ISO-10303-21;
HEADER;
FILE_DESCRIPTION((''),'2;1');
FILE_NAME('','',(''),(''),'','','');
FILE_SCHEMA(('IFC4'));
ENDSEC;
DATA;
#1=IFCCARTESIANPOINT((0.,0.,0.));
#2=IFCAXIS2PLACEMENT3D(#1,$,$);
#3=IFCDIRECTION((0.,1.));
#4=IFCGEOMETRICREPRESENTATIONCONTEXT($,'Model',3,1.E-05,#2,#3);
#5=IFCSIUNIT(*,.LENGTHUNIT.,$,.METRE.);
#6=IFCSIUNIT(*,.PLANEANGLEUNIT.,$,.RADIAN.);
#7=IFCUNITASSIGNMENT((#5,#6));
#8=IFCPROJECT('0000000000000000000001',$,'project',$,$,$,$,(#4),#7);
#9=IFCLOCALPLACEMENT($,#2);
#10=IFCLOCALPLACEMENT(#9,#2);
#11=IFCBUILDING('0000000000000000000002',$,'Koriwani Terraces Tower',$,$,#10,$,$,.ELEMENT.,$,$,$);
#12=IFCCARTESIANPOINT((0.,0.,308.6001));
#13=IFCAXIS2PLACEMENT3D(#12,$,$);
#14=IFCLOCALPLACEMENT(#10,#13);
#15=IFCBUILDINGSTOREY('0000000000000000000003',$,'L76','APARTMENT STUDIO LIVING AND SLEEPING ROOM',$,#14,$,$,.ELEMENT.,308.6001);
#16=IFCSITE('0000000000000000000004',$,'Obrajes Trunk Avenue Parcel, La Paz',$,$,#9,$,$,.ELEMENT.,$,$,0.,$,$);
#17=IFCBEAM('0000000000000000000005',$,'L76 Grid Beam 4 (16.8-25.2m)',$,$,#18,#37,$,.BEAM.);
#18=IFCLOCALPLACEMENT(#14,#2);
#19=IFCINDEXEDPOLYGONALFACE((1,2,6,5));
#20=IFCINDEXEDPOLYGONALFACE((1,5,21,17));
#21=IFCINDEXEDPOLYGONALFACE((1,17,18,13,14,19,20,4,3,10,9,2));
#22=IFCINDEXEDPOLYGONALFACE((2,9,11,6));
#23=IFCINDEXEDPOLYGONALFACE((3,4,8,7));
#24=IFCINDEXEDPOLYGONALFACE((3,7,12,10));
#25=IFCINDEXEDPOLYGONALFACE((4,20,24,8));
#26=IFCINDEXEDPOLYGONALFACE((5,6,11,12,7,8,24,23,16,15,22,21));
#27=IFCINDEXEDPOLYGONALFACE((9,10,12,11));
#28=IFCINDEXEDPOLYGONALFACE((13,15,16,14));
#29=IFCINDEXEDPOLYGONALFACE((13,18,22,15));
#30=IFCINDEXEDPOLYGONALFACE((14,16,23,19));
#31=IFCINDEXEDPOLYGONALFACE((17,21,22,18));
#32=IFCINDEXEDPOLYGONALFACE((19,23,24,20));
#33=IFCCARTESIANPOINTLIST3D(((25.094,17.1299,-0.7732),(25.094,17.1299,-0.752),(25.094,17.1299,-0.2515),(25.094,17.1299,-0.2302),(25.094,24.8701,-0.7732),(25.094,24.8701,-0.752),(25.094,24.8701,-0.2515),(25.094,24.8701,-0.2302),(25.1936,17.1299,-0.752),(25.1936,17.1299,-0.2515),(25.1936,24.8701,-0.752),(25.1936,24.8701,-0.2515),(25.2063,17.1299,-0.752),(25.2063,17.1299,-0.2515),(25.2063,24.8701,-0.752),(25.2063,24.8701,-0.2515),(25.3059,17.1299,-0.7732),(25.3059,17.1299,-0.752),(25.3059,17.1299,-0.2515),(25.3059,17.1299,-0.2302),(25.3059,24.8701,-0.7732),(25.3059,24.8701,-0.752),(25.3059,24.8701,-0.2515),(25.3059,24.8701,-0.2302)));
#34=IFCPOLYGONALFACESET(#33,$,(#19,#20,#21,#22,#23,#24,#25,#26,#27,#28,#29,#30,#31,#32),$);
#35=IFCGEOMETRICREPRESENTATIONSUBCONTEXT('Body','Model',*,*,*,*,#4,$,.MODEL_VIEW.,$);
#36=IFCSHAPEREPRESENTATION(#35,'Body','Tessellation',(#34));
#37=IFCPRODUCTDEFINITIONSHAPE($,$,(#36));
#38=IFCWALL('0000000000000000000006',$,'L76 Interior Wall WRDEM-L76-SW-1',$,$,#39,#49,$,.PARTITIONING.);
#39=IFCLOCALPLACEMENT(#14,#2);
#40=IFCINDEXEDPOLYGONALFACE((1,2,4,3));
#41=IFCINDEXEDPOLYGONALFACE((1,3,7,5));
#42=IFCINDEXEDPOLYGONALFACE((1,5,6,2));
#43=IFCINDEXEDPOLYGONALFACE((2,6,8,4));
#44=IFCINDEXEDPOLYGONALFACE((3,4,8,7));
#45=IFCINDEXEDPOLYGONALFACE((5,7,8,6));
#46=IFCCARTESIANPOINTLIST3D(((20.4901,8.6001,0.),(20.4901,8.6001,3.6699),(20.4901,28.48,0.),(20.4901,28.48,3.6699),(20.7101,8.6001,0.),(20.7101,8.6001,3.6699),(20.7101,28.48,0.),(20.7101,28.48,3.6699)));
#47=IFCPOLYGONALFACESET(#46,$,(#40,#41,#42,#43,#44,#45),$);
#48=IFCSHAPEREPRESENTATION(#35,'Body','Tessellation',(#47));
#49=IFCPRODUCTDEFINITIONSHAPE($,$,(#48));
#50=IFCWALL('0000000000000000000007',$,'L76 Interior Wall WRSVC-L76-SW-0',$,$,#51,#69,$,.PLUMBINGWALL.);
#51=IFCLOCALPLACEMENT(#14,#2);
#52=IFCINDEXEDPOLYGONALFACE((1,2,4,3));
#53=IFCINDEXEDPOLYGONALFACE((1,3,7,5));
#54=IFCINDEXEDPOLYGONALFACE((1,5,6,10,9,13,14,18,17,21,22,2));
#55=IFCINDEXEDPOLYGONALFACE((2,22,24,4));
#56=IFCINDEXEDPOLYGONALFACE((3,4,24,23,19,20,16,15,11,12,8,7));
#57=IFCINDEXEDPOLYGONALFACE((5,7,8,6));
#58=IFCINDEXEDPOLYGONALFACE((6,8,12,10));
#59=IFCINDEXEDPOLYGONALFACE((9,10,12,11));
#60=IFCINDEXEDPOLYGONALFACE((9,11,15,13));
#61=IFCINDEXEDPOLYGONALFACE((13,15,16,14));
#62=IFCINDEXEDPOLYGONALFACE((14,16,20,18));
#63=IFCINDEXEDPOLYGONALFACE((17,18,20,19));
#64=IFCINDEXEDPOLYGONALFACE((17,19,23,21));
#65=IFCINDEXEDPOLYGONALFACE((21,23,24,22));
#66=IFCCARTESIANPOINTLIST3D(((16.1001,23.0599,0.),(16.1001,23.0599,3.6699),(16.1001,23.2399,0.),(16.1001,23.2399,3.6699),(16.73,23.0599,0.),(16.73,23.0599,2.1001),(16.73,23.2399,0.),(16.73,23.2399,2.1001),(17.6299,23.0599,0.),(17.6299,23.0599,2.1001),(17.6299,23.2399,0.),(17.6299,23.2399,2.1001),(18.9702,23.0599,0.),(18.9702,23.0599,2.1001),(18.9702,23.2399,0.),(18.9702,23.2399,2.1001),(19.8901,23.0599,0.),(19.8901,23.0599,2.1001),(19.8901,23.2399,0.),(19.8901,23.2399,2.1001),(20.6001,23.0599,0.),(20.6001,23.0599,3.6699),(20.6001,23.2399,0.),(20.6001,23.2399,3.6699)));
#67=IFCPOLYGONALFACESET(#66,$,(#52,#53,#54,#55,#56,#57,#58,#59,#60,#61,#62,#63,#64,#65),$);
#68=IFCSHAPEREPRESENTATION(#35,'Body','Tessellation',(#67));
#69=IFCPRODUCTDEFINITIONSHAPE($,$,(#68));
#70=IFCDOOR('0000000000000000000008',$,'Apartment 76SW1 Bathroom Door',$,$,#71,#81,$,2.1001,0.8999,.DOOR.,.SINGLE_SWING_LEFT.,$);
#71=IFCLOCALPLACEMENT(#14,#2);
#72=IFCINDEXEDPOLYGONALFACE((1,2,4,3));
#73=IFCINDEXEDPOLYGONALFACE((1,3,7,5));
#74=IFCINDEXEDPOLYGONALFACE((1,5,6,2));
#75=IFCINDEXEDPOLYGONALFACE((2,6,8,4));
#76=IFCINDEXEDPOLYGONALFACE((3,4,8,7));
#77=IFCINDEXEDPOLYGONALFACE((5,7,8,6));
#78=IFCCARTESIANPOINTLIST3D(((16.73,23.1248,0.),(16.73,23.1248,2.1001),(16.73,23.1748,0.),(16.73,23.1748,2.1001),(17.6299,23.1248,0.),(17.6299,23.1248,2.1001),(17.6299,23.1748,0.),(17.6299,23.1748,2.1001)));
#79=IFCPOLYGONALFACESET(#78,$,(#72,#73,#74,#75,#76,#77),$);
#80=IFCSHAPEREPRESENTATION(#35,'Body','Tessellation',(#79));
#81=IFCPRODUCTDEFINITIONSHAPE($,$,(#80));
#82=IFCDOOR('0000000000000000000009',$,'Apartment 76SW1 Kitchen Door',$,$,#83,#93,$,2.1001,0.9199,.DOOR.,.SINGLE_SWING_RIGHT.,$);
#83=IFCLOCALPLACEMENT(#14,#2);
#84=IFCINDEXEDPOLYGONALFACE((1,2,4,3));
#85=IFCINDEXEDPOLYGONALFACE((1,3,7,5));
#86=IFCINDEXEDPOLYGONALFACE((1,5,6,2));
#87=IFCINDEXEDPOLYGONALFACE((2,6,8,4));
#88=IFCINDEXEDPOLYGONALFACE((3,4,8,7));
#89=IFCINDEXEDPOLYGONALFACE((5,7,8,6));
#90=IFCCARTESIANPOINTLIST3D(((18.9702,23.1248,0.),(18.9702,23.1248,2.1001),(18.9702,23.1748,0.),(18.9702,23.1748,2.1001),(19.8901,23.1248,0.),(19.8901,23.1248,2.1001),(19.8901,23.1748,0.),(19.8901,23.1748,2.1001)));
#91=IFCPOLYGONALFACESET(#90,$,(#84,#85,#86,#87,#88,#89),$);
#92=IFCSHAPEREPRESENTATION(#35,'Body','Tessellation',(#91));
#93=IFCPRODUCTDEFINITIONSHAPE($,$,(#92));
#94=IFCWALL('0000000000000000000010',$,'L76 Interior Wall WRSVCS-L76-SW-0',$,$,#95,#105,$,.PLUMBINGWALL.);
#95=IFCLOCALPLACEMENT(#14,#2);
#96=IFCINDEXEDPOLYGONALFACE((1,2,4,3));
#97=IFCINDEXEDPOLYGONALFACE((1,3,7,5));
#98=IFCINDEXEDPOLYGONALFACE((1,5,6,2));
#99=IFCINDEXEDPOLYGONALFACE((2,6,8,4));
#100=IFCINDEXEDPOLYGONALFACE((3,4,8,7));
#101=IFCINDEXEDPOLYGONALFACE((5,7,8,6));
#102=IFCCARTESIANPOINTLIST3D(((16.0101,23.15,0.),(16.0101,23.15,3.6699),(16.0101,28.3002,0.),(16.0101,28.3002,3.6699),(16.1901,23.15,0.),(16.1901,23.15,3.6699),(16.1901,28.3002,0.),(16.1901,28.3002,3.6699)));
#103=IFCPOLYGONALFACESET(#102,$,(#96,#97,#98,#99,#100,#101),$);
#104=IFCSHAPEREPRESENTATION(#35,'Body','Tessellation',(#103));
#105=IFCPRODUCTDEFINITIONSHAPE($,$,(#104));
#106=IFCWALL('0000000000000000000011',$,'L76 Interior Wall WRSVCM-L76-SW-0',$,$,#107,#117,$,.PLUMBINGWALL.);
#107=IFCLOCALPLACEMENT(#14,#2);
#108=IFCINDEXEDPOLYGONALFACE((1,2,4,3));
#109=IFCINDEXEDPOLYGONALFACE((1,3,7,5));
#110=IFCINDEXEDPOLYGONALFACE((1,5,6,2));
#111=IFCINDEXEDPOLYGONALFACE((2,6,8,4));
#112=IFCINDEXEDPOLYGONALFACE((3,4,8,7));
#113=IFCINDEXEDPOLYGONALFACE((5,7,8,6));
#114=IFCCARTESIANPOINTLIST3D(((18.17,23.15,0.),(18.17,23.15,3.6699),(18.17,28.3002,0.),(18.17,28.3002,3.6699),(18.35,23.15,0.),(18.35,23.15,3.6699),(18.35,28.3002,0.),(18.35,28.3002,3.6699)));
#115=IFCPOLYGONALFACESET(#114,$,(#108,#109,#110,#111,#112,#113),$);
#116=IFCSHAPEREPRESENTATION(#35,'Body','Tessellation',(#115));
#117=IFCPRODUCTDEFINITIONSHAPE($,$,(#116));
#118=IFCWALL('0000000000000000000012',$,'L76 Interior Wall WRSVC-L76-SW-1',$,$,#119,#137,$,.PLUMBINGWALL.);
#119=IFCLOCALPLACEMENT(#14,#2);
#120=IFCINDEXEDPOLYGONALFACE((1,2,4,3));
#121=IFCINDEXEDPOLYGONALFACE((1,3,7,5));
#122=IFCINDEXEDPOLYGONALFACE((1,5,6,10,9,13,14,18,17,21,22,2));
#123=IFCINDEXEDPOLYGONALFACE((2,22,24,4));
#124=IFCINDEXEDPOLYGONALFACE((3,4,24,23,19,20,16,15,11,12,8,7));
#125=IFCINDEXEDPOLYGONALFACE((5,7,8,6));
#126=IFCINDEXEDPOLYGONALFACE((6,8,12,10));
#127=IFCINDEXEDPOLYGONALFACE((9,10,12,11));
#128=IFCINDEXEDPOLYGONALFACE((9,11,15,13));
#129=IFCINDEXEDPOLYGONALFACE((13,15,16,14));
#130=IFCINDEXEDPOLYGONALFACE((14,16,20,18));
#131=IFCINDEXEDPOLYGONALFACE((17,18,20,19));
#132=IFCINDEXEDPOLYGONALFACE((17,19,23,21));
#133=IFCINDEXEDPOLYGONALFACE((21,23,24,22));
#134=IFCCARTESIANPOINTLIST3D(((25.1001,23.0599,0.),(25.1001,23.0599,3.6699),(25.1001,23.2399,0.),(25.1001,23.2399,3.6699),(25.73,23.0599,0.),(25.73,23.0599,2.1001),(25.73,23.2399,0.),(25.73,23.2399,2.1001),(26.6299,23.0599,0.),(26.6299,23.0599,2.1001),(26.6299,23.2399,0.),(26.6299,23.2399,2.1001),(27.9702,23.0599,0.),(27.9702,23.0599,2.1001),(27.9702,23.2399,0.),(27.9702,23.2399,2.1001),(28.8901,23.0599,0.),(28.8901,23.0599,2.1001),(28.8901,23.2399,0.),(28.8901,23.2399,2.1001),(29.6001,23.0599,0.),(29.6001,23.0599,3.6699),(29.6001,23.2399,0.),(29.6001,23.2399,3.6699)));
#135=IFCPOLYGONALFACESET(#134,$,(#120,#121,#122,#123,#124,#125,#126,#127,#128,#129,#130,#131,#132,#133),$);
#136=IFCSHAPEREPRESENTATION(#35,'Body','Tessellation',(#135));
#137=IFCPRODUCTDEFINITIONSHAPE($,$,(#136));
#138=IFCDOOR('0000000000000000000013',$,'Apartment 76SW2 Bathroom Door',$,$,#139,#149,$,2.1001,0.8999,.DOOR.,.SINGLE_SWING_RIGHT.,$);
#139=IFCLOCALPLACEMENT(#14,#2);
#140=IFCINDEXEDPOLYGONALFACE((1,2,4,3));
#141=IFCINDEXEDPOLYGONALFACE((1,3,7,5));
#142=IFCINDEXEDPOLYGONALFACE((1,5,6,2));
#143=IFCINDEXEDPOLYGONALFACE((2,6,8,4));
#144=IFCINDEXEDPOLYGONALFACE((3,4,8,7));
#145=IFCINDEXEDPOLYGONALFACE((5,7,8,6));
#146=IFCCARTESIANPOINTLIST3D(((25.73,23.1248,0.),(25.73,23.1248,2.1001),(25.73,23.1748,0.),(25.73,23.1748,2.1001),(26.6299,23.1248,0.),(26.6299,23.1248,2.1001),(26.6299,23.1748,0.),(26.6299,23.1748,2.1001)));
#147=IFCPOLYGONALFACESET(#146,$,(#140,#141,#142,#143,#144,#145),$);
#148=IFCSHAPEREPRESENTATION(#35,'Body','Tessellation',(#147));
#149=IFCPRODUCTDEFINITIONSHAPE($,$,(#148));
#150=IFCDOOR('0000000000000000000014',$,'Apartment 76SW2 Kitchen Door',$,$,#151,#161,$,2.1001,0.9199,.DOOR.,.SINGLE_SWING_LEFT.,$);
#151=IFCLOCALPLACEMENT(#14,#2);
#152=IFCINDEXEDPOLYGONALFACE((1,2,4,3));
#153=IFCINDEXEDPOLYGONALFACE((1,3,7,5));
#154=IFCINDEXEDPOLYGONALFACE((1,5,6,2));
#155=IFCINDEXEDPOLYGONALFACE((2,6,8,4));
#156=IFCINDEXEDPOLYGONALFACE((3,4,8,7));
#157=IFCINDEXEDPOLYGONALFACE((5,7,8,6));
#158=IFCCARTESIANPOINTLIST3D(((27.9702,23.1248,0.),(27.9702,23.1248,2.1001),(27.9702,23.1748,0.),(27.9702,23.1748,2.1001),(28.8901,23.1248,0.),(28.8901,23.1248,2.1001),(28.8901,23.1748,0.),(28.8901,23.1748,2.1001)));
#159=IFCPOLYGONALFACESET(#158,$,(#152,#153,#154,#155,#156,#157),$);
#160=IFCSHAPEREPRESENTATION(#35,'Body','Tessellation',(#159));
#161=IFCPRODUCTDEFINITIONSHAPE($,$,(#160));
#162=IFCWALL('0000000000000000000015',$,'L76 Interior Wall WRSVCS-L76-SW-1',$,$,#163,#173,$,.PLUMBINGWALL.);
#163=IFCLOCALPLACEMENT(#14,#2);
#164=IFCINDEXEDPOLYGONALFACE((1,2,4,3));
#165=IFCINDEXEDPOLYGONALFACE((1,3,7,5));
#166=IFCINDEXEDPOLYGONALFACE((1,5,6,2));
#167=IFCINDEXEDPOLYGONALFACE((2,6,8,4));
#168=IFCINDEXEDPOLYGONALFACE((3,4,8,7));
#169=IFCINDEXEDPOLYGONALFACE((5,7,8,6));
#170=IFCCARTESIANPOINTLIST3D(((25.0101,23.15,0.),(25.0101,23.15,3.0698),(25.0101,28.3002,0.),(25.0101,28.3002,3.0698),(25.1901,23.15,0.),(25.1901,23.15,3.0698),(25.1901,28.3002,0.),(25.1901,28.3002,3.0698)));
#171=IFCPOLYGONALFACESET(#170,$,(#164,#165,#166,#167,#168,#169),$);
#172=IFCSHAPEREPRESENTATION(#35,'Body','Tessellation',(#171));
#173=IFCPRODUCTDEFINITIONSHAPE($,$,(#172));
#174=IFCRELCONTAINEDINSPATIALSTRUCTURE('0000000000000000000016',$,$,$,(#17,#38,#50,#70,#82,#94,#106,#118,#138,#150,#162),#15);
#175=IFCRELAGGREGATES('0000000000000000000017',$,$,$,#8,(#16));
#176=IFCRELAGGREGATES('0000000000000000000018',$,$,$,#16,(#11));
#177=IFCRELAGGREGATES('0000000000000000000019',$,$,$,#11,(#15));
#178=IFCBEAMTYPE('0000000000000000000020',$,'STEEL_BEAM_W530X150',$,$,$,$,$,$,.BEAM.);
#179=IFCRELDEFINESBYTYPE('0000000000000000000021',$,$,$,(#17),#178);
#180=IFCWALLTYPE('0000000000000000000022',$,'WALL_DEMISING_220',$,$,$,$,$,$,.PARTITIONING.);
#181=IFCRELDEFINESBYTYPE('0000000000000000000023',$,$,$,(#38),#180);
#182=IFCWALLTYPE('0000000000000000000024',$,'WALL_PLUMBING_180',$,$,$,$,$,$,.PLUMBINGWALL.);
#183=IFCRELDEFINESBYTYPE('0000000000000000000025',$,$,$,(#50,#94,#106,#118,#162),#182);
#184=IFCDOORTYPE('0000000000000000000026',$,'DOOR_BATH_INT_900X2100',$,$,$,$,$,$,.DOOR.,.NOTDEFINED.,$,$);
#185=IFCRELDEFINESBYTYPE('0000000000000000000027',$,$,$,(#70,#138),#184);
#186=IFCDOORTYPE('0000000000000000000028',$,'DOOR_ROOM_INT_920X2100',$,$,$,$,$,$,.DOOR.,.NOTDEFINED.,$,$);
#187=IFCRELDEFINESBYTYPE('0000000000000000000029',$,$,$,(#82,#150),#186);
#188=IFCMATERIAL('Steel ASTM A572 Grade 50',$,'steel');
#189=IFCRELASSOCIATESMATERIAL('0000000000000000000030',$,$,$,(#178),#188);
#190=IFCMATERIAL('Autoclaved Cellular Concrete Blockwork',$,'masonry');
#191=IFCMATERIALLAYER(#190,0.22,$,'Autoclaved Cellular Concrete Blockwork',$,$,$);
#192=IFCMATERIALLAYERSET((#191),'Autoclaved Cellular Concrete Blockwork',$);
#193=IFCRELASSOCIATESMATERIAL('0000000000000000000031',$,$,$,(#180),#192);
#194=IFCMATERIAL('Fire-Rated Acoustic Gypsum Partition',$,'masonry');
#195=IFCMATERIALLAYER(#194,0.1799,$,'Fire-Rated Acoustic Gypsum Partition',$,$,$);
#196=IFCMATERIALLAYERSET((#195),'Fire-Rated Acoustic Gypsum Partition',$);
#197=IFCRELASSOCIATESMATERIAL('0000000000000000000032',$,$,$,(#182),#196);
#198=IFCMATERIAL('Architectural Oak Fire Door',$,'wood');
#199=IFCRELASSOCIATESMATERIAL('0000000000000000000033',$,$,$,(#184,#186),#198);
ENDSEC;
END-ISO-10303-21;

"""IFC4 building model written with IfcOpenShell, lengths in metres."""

from ifc_helpers import new_model, si_unit, direction, frame, frame_2d, origin, origin_2d, place, context, subcontext, project, spatial, rectangle, i_section, extrude, material, layer, layer_set, material_profile, profile_set, type_object, element, fill, save


model = new_model("IFC4")

# Units and contexts
model_context = context("Model", 3, precision=1e-05, world=origin(), true_north=direction((0.0, 1.0)))
body_context = subcontext(model_context, "Body", "Model", "MODEL_VIEW")
ifc_project = project(units=[si_unit("LENGTHUNIT", "METRE"), si_unit("PLANEANGLEUNIT", "RADIAN")], contexts=[model_context])

# Site, building, storey
site_placement = place(None, origin())
site = spatial("IfcSite", under=ifc_project, at=site_placement, Name="Obrajes Trunk Avenue Parcel, La Paz", CompositionType="ELEMENT", RefElevation=0.0)
building_placement = place(site_placement, origin())
building = spatial("IfcBuilding", under=site, at=building_placement, Name="Koriwani Terraces Tower", CompositionType="ELEMENT")
storey_placement = place(building_placement, frame((0.0, 0.0, 308.6001)))
storey = spatial("IfcBuildingStorey", under=building, at=storey_placement, Name="L76", Description="APARTMENT STUDIO LIVING AND SLEEPING ROOM", CompositionType="ELEMENT", Elevation=308.6001)

# Beam
ifc_material_1 = material(Name="Steel ASTM A572 Grade 50", Category="steel")
ifc_material_profile_1 = material_profile(ifc_material_1, i_section(OverallWidth=0.2119, OverallDepth=0.543, WebThickness=0.0127, FlangeThickness=0.0212, at=origin_2d()), Name="Steel ASTM A572 Grade 50", Category="LoadBearing")
ifc_profile_set_1 = profile_set([ifc_material_profile_1], Name="Steel ASTM A572 Grade 50")
beam_type_1 = type_object("IfcBeamType", Name="STEEL_BEAM_W530X150", PredefinedType="BEAM", material=ifc_profile_set_1)
beam_1_placement = place(storey_placement, frame((25.2, 17.1299, -0.5017), z_axis=(0.0, 1.0, 0.0), x_axis=(-1.0, 0.0, 0.0)))
element("IfcBeam", 1, at=beam_1_placement, inside=storey, type_object=beam_type_1, Name="L76 Grid Beam 4 (16.8-25.2m)", PredefinedType="BEAM", context=body_context, shape_type="SweptSolid", body=[
    extrude(i_section(OverallWidth=0.2119, OverallDepth=0.543, WebThickness=0.0127, FlangeThickness=0.0212, at=origin_2d()), origin(), (0.0, 0.0, 1.0), 7.7402),
])

# Wall
ifc_material_2 = material(Name="Autoclaved Cellular Concrete Blockwork", Category="masonry")
ifc_layer_1 = layer(ifc_material_2, 0.22, Name="Autoclaved Cellular Concrete Blockwork")
ifc_layer_set_1 = layer_set([ifc_layer_1], Name="Autoclaved Cellular Concrete Blockwork")
wall_type_1 = type_object("IfcWallType", Name="WALL_DEMISING_220", PredefinedType="PARTITIONING", material=ifc_layer_set_1)
wall_1_placement = place(storey_placement, frame((20.6001, 8.6001, 0.0), z_axis=(0.0, 0.0, 1.0), x_axis=(0.0, 1.0, 0.0)))
element("IfcWall", 2, at=wall_1_placement, inside=storey, type_object=wall_type_1, Name="L76 Interior Wall WRDEM-L76-SW-1", PredefinedType="PARTITIONING", context=body_context, shape_type="SweptSolid", body=[
    extrude(rectangle(XDim=19.8799, YDim=0.22, at=frame_2d((9.9399, 0.0))), origin(), (0.0, 0.0, 1.0), 3.6699),
])

# Wall, openings, doors
ifc_material_3 = material(Name="Fire-Rated Acoustic Gypsum Partition", Category="masonry")
ifc_layer_2 = layer(ifc_material_3, 0.1799, Name="Fire-Rated Acoustic Gypsum Partition")
ifc_layer_set_2 = layer_set([ifc_layer_2], Name="Fire-Rated Acoustic Gypsum Partition")
wall_type_2 = type_object("IfcWallType", Name="WALL_PLUMBING_180", PredefinedType="PLUMBINGWALL", material=ifc_layer_set_2)
wall_2_placement = place(storey_placement, frame((16.1001, 23.1499, 0.0), z_axis=(0.0, 0.0, 1.0), x_axis=(1.0, 0.0, 0.0)))
wall_2 = element("IfcWall", 3, at=wall_2_placement, inside=storey, type_object=wall_type_2, Name="L76 Interior Wall WRSVC-L76-SW-0", PredefinedType="PLUMBINGWALL", context=body_context, shape_type="SweptSolid", body=[
    extrude(rectangle(XDim=4.5, YDim=0.1799, at=frame_2d((2.25, 0.0))), origin(), (0.0, 0.0, 1.0), 3.6699),
])
opening_1_placement = place(wall_2_placement, frame((0.6299, 0.0, 0.0)))
opening_1 = element("IfcOpeningElement", 4, at=opening_1_placement, cuts=wall_2, PredefinedType="OPENING", context=body_context, shape_type="SweptSolid", body=[
    extrude(rectangle(XDim=0.8999, YDim=2.1001, at=frame_2d((0.45, 1.05))), frame((0.0, 0.1001, 0.0), z_axis=(0.0, -1.0, 0.0), x_axis=(1.0, 0.0, 0.0)), (0.0, 0.0, 1.0), 0.2),
])
opening_2_placement = place(wall_2_placement, frame((2.8701, 0.0, 0.0)))
opening_2 = element("IfcOpeningElement", 5, at=opening_2_placement, cuts=wall_2, PredefinedType="OPENING", context=body_context, shape_type="SweptSolid", body=[
    extrude(rectangle(XDim=0.9199, YDim=2.1001, at=frame_2d((0.46, 1.05))), frame((0.0, 0.1001, 0.0), z_axis=(0.0, -1.0, 0.0), x_axis=(1.0, 0.0, 0.0)), (0.0, 0.0, 1.0), 0.2),
])
ifc_material_4 = material(Name="Architectural Oak Fire Door", Category="wood")
door_type_1 = type_object("IfcDoorType", Name="DOOR_BATH_INT_900X2100", OperationType="NOTDEFINED", PredefinedType="DOOR", material=ifc_material_4)
door_1_placement = place(opening_1_placement, origin())
door_1 = element("IfcDoor", 6, at=door_1_placement, inside=storey, type_object=door_type_1, Name="Apartment 76SW1 Bathroom Door", OperationType="SINGLE_SWING_LEFT", OverallHeight=2.1001, OverallWidth=0.8999, PredefinedType="DOOR", context=body_context, shape_type="SweptSolid", body=[
    extrude(rectangle(XDim=0.8999, YDim=2.1001, at=frame_2d((0.45, 1.05))), frame((0.0, 0.0249, 0.0), z_axis=(0.0, -1.0, 0.0), x_axis=(1.0, 0.0, 0.0)), (0.0, 0.0, 1.0), 0.05),
])
fill(opening_1, door_1)
door_type_2 = type_object("IfcDoorType", Name="DOOR_ROOM_INT_920X2100", OperationType="NOTDEFINED", PredefinedType="DOOR", material=ifc_material_4)
door_2_placement = place(opening_2_placement, origin())
door_2 = element("IfcDoor", 7, at=door_2_placement, inside=storey, type_object=door_type_2, Name="Apartment 76SW1 Kitchen Door", OperationType="SINGLE_SWING_RIGHT", OverallHeight=2.1001, OverallWidth=0.9199, PredefinedType="DOOR", context=body_context, shape_type="SweptSolid", body=[
    extrude(rectangle(XDim=0.9199, YDim=2.1001, at=frame_2d((0.46, 1.05))), frame((0.0, 0.0249, 0.0), z_axis=(0.0, -1.0, 0.0), x_axis=(1.0, 0.0, 0.0)), (0.0, 0.0, 1.0), 0.05),
])
fill(opening_2, door_2)

# Walls
for number, where, z_axis, x_axis, name in (
    (8, (16.1001, 23.1499, 0.0), (0.0, 0.0, 1.0), (0.0, 1.0, 0.0), "L76 Interior Wall WRSVCS-L76-SW-0"),
    (9, (18.26, 23.1499, 0.0), (0.0, 0.0, 1.0), (0.0, 1.0, 0.0), "L76 Interior Wall WRSVCM-L76-SW-0"),
):
    element("IfcWall", number, at=place(storey_placement, frame(where, z_axis=z_axis, x_axis=x_axis)), inside=storey, type_object=wall_type_2, Name=name, PredefinedType="PLUMBINGWALL", context=body_context, shape_type="SweptSolid", body=[
        extrude(rectangle(XDim=5.1501, YDim=0.1799, at=frame_2d((2.5752, 0.0))), origin(), (0.0, 0.0, 1.0), 3.6699),
    ])

# Wall, openings, doors
wall_3_placement = place(storey_placement, frame((25.1001, 23.1499, 0.0), z_axis=(0.0, 0.0, 1.0), x_axis=(1.0, 0.0, 0.0)))
wall_3 = element("IfcWall", 10, at=wall_3_placement, inside=storey, type_object=wall_type_2, Name="L76 Interior Wall WRSVC-L76-SW-1", PredefinedType="PLUMBINGWALL", context=body_context, shape_type="SweptSolid", body=[
    extrude(rectangle(XDim=4.5, YDim=0.1799, at=frame_2d((2.25, 0.0))), origin(), (0.0, 0.0, 1.0), 3.6699),
])
opening_3_placement = place(wall_3_placement, frame((0.6299, 0.0, 0.0)))
opening_3 = element("IfcOpeningElement", 11, at=opening_3_placement, cuts=wall_3, PredefinedType="OPENING", context=body_context, shape_type="SweptSolid", body=[
    extrude(rectangle(XDim=0.8999, YDim=2.1001, at=frame_2d((0.45, 1.05))), frame((0.0, 0.1001, 0.0), z_axis=(0.0, -1.0, 0.0), x_axis=(1.0, 0.0, 0.0)), (0.0, 0.0, 1.0), 0.2),
])
opening_4_placement = place(wall_3_placement, frame((2.8701, 0.0, 0.0)))
opening_4 = element("IfcOpeningElement", 12, at=opening_4_placement, cuts=wall_3, PredefinedType="OPENING", context=body_context, shape_type="SweptSolid", body=[
    extrude(rectangle(XDim=0.9199, YDim=2.1001, at=frame_2d((0.46, 1.05))), frame((0.0, 0.1001, 0.0), z_axis=(0.0, -1.0, 0.0), x_axis=(1.0, 0.0, 0.0)), (0.0, 0.0, 1.0), 0.2),
])
door_3_placement = place(opening_3_placement, origin())
door_3 = element("IfcDoor", 13, at=door_3_placement, inside=storey, type_object=door_type_1, Name="Apartment 76SW2 Bathroom Door", OperationType="SINGLE_SWING_RIGHT", OverallHeight=2.1001, OverallWidth=0.8999, PredefinedType="DOOR", context=body_context, shape_type="SweptSolid", body=[
    extrude(rectangle(XDim=0.8999, YDim=2.1001, at=frame_2d((0.45, 1.05))), frame((0.0, 0.0249, 0.0), z_axis=(0.0, -1.0, 0.0), x_axis=(1.0, 0.0, 0.0)), (0.0, 0.0, 1.0), 0.05),
])
fill(opening_3, door_3)
door_4_placement = place(opening_4_placement, origin())
door_4 = element("IfcDoor", 14, at=door_4_placement, inside=storey, type_object=door_type_2, Name="Apartment 76SW2 Kitchen Door", OperationType="SINGLE_SWING_LEFT", OverallHeight=2.1001, OverallWidth=0.9199, PredefinedType="DOOR", context=body_context, shape_type="SweptSolid", body=[
    extrude(rectangle(XDim=0.9199, YDim=2.1001, at=frame_2d((0.46, 1.05))), frame((0.0, 0.0249, 0.0), z_axis=(0.0, -1.0, 0.0), x_axis=(1.0, 0.0, 0.0)), (0.0, 0.0, 1.0), 0.05),
])
fill(opening_4, door_4)

# Wall
wall_4_placement = place(storey_placement, frame((25.1001, 23.1499, 0.0), z_axis=(0.0, 0.0, 1.0), x_axis=(0.0, 1.0, 0.0)))
element("IfcWall", 15, at=wall_4_placement, inside=storey, type_object=wall_type_2, Name="L76 Interior Wall WRSVCS-L76-SW-1", PredefinedType="PLUMBINGWALL", context=body_context, shape_type="SweptSolid", body=[
    extrude(rectangle(XDim=5.1501, YDim=0.1799, at=frame_2d((2.5752, 0.0))), origin(), (0.0, 0.0, 1.0), 3.0698),
])

save(model, "model.ifc")
